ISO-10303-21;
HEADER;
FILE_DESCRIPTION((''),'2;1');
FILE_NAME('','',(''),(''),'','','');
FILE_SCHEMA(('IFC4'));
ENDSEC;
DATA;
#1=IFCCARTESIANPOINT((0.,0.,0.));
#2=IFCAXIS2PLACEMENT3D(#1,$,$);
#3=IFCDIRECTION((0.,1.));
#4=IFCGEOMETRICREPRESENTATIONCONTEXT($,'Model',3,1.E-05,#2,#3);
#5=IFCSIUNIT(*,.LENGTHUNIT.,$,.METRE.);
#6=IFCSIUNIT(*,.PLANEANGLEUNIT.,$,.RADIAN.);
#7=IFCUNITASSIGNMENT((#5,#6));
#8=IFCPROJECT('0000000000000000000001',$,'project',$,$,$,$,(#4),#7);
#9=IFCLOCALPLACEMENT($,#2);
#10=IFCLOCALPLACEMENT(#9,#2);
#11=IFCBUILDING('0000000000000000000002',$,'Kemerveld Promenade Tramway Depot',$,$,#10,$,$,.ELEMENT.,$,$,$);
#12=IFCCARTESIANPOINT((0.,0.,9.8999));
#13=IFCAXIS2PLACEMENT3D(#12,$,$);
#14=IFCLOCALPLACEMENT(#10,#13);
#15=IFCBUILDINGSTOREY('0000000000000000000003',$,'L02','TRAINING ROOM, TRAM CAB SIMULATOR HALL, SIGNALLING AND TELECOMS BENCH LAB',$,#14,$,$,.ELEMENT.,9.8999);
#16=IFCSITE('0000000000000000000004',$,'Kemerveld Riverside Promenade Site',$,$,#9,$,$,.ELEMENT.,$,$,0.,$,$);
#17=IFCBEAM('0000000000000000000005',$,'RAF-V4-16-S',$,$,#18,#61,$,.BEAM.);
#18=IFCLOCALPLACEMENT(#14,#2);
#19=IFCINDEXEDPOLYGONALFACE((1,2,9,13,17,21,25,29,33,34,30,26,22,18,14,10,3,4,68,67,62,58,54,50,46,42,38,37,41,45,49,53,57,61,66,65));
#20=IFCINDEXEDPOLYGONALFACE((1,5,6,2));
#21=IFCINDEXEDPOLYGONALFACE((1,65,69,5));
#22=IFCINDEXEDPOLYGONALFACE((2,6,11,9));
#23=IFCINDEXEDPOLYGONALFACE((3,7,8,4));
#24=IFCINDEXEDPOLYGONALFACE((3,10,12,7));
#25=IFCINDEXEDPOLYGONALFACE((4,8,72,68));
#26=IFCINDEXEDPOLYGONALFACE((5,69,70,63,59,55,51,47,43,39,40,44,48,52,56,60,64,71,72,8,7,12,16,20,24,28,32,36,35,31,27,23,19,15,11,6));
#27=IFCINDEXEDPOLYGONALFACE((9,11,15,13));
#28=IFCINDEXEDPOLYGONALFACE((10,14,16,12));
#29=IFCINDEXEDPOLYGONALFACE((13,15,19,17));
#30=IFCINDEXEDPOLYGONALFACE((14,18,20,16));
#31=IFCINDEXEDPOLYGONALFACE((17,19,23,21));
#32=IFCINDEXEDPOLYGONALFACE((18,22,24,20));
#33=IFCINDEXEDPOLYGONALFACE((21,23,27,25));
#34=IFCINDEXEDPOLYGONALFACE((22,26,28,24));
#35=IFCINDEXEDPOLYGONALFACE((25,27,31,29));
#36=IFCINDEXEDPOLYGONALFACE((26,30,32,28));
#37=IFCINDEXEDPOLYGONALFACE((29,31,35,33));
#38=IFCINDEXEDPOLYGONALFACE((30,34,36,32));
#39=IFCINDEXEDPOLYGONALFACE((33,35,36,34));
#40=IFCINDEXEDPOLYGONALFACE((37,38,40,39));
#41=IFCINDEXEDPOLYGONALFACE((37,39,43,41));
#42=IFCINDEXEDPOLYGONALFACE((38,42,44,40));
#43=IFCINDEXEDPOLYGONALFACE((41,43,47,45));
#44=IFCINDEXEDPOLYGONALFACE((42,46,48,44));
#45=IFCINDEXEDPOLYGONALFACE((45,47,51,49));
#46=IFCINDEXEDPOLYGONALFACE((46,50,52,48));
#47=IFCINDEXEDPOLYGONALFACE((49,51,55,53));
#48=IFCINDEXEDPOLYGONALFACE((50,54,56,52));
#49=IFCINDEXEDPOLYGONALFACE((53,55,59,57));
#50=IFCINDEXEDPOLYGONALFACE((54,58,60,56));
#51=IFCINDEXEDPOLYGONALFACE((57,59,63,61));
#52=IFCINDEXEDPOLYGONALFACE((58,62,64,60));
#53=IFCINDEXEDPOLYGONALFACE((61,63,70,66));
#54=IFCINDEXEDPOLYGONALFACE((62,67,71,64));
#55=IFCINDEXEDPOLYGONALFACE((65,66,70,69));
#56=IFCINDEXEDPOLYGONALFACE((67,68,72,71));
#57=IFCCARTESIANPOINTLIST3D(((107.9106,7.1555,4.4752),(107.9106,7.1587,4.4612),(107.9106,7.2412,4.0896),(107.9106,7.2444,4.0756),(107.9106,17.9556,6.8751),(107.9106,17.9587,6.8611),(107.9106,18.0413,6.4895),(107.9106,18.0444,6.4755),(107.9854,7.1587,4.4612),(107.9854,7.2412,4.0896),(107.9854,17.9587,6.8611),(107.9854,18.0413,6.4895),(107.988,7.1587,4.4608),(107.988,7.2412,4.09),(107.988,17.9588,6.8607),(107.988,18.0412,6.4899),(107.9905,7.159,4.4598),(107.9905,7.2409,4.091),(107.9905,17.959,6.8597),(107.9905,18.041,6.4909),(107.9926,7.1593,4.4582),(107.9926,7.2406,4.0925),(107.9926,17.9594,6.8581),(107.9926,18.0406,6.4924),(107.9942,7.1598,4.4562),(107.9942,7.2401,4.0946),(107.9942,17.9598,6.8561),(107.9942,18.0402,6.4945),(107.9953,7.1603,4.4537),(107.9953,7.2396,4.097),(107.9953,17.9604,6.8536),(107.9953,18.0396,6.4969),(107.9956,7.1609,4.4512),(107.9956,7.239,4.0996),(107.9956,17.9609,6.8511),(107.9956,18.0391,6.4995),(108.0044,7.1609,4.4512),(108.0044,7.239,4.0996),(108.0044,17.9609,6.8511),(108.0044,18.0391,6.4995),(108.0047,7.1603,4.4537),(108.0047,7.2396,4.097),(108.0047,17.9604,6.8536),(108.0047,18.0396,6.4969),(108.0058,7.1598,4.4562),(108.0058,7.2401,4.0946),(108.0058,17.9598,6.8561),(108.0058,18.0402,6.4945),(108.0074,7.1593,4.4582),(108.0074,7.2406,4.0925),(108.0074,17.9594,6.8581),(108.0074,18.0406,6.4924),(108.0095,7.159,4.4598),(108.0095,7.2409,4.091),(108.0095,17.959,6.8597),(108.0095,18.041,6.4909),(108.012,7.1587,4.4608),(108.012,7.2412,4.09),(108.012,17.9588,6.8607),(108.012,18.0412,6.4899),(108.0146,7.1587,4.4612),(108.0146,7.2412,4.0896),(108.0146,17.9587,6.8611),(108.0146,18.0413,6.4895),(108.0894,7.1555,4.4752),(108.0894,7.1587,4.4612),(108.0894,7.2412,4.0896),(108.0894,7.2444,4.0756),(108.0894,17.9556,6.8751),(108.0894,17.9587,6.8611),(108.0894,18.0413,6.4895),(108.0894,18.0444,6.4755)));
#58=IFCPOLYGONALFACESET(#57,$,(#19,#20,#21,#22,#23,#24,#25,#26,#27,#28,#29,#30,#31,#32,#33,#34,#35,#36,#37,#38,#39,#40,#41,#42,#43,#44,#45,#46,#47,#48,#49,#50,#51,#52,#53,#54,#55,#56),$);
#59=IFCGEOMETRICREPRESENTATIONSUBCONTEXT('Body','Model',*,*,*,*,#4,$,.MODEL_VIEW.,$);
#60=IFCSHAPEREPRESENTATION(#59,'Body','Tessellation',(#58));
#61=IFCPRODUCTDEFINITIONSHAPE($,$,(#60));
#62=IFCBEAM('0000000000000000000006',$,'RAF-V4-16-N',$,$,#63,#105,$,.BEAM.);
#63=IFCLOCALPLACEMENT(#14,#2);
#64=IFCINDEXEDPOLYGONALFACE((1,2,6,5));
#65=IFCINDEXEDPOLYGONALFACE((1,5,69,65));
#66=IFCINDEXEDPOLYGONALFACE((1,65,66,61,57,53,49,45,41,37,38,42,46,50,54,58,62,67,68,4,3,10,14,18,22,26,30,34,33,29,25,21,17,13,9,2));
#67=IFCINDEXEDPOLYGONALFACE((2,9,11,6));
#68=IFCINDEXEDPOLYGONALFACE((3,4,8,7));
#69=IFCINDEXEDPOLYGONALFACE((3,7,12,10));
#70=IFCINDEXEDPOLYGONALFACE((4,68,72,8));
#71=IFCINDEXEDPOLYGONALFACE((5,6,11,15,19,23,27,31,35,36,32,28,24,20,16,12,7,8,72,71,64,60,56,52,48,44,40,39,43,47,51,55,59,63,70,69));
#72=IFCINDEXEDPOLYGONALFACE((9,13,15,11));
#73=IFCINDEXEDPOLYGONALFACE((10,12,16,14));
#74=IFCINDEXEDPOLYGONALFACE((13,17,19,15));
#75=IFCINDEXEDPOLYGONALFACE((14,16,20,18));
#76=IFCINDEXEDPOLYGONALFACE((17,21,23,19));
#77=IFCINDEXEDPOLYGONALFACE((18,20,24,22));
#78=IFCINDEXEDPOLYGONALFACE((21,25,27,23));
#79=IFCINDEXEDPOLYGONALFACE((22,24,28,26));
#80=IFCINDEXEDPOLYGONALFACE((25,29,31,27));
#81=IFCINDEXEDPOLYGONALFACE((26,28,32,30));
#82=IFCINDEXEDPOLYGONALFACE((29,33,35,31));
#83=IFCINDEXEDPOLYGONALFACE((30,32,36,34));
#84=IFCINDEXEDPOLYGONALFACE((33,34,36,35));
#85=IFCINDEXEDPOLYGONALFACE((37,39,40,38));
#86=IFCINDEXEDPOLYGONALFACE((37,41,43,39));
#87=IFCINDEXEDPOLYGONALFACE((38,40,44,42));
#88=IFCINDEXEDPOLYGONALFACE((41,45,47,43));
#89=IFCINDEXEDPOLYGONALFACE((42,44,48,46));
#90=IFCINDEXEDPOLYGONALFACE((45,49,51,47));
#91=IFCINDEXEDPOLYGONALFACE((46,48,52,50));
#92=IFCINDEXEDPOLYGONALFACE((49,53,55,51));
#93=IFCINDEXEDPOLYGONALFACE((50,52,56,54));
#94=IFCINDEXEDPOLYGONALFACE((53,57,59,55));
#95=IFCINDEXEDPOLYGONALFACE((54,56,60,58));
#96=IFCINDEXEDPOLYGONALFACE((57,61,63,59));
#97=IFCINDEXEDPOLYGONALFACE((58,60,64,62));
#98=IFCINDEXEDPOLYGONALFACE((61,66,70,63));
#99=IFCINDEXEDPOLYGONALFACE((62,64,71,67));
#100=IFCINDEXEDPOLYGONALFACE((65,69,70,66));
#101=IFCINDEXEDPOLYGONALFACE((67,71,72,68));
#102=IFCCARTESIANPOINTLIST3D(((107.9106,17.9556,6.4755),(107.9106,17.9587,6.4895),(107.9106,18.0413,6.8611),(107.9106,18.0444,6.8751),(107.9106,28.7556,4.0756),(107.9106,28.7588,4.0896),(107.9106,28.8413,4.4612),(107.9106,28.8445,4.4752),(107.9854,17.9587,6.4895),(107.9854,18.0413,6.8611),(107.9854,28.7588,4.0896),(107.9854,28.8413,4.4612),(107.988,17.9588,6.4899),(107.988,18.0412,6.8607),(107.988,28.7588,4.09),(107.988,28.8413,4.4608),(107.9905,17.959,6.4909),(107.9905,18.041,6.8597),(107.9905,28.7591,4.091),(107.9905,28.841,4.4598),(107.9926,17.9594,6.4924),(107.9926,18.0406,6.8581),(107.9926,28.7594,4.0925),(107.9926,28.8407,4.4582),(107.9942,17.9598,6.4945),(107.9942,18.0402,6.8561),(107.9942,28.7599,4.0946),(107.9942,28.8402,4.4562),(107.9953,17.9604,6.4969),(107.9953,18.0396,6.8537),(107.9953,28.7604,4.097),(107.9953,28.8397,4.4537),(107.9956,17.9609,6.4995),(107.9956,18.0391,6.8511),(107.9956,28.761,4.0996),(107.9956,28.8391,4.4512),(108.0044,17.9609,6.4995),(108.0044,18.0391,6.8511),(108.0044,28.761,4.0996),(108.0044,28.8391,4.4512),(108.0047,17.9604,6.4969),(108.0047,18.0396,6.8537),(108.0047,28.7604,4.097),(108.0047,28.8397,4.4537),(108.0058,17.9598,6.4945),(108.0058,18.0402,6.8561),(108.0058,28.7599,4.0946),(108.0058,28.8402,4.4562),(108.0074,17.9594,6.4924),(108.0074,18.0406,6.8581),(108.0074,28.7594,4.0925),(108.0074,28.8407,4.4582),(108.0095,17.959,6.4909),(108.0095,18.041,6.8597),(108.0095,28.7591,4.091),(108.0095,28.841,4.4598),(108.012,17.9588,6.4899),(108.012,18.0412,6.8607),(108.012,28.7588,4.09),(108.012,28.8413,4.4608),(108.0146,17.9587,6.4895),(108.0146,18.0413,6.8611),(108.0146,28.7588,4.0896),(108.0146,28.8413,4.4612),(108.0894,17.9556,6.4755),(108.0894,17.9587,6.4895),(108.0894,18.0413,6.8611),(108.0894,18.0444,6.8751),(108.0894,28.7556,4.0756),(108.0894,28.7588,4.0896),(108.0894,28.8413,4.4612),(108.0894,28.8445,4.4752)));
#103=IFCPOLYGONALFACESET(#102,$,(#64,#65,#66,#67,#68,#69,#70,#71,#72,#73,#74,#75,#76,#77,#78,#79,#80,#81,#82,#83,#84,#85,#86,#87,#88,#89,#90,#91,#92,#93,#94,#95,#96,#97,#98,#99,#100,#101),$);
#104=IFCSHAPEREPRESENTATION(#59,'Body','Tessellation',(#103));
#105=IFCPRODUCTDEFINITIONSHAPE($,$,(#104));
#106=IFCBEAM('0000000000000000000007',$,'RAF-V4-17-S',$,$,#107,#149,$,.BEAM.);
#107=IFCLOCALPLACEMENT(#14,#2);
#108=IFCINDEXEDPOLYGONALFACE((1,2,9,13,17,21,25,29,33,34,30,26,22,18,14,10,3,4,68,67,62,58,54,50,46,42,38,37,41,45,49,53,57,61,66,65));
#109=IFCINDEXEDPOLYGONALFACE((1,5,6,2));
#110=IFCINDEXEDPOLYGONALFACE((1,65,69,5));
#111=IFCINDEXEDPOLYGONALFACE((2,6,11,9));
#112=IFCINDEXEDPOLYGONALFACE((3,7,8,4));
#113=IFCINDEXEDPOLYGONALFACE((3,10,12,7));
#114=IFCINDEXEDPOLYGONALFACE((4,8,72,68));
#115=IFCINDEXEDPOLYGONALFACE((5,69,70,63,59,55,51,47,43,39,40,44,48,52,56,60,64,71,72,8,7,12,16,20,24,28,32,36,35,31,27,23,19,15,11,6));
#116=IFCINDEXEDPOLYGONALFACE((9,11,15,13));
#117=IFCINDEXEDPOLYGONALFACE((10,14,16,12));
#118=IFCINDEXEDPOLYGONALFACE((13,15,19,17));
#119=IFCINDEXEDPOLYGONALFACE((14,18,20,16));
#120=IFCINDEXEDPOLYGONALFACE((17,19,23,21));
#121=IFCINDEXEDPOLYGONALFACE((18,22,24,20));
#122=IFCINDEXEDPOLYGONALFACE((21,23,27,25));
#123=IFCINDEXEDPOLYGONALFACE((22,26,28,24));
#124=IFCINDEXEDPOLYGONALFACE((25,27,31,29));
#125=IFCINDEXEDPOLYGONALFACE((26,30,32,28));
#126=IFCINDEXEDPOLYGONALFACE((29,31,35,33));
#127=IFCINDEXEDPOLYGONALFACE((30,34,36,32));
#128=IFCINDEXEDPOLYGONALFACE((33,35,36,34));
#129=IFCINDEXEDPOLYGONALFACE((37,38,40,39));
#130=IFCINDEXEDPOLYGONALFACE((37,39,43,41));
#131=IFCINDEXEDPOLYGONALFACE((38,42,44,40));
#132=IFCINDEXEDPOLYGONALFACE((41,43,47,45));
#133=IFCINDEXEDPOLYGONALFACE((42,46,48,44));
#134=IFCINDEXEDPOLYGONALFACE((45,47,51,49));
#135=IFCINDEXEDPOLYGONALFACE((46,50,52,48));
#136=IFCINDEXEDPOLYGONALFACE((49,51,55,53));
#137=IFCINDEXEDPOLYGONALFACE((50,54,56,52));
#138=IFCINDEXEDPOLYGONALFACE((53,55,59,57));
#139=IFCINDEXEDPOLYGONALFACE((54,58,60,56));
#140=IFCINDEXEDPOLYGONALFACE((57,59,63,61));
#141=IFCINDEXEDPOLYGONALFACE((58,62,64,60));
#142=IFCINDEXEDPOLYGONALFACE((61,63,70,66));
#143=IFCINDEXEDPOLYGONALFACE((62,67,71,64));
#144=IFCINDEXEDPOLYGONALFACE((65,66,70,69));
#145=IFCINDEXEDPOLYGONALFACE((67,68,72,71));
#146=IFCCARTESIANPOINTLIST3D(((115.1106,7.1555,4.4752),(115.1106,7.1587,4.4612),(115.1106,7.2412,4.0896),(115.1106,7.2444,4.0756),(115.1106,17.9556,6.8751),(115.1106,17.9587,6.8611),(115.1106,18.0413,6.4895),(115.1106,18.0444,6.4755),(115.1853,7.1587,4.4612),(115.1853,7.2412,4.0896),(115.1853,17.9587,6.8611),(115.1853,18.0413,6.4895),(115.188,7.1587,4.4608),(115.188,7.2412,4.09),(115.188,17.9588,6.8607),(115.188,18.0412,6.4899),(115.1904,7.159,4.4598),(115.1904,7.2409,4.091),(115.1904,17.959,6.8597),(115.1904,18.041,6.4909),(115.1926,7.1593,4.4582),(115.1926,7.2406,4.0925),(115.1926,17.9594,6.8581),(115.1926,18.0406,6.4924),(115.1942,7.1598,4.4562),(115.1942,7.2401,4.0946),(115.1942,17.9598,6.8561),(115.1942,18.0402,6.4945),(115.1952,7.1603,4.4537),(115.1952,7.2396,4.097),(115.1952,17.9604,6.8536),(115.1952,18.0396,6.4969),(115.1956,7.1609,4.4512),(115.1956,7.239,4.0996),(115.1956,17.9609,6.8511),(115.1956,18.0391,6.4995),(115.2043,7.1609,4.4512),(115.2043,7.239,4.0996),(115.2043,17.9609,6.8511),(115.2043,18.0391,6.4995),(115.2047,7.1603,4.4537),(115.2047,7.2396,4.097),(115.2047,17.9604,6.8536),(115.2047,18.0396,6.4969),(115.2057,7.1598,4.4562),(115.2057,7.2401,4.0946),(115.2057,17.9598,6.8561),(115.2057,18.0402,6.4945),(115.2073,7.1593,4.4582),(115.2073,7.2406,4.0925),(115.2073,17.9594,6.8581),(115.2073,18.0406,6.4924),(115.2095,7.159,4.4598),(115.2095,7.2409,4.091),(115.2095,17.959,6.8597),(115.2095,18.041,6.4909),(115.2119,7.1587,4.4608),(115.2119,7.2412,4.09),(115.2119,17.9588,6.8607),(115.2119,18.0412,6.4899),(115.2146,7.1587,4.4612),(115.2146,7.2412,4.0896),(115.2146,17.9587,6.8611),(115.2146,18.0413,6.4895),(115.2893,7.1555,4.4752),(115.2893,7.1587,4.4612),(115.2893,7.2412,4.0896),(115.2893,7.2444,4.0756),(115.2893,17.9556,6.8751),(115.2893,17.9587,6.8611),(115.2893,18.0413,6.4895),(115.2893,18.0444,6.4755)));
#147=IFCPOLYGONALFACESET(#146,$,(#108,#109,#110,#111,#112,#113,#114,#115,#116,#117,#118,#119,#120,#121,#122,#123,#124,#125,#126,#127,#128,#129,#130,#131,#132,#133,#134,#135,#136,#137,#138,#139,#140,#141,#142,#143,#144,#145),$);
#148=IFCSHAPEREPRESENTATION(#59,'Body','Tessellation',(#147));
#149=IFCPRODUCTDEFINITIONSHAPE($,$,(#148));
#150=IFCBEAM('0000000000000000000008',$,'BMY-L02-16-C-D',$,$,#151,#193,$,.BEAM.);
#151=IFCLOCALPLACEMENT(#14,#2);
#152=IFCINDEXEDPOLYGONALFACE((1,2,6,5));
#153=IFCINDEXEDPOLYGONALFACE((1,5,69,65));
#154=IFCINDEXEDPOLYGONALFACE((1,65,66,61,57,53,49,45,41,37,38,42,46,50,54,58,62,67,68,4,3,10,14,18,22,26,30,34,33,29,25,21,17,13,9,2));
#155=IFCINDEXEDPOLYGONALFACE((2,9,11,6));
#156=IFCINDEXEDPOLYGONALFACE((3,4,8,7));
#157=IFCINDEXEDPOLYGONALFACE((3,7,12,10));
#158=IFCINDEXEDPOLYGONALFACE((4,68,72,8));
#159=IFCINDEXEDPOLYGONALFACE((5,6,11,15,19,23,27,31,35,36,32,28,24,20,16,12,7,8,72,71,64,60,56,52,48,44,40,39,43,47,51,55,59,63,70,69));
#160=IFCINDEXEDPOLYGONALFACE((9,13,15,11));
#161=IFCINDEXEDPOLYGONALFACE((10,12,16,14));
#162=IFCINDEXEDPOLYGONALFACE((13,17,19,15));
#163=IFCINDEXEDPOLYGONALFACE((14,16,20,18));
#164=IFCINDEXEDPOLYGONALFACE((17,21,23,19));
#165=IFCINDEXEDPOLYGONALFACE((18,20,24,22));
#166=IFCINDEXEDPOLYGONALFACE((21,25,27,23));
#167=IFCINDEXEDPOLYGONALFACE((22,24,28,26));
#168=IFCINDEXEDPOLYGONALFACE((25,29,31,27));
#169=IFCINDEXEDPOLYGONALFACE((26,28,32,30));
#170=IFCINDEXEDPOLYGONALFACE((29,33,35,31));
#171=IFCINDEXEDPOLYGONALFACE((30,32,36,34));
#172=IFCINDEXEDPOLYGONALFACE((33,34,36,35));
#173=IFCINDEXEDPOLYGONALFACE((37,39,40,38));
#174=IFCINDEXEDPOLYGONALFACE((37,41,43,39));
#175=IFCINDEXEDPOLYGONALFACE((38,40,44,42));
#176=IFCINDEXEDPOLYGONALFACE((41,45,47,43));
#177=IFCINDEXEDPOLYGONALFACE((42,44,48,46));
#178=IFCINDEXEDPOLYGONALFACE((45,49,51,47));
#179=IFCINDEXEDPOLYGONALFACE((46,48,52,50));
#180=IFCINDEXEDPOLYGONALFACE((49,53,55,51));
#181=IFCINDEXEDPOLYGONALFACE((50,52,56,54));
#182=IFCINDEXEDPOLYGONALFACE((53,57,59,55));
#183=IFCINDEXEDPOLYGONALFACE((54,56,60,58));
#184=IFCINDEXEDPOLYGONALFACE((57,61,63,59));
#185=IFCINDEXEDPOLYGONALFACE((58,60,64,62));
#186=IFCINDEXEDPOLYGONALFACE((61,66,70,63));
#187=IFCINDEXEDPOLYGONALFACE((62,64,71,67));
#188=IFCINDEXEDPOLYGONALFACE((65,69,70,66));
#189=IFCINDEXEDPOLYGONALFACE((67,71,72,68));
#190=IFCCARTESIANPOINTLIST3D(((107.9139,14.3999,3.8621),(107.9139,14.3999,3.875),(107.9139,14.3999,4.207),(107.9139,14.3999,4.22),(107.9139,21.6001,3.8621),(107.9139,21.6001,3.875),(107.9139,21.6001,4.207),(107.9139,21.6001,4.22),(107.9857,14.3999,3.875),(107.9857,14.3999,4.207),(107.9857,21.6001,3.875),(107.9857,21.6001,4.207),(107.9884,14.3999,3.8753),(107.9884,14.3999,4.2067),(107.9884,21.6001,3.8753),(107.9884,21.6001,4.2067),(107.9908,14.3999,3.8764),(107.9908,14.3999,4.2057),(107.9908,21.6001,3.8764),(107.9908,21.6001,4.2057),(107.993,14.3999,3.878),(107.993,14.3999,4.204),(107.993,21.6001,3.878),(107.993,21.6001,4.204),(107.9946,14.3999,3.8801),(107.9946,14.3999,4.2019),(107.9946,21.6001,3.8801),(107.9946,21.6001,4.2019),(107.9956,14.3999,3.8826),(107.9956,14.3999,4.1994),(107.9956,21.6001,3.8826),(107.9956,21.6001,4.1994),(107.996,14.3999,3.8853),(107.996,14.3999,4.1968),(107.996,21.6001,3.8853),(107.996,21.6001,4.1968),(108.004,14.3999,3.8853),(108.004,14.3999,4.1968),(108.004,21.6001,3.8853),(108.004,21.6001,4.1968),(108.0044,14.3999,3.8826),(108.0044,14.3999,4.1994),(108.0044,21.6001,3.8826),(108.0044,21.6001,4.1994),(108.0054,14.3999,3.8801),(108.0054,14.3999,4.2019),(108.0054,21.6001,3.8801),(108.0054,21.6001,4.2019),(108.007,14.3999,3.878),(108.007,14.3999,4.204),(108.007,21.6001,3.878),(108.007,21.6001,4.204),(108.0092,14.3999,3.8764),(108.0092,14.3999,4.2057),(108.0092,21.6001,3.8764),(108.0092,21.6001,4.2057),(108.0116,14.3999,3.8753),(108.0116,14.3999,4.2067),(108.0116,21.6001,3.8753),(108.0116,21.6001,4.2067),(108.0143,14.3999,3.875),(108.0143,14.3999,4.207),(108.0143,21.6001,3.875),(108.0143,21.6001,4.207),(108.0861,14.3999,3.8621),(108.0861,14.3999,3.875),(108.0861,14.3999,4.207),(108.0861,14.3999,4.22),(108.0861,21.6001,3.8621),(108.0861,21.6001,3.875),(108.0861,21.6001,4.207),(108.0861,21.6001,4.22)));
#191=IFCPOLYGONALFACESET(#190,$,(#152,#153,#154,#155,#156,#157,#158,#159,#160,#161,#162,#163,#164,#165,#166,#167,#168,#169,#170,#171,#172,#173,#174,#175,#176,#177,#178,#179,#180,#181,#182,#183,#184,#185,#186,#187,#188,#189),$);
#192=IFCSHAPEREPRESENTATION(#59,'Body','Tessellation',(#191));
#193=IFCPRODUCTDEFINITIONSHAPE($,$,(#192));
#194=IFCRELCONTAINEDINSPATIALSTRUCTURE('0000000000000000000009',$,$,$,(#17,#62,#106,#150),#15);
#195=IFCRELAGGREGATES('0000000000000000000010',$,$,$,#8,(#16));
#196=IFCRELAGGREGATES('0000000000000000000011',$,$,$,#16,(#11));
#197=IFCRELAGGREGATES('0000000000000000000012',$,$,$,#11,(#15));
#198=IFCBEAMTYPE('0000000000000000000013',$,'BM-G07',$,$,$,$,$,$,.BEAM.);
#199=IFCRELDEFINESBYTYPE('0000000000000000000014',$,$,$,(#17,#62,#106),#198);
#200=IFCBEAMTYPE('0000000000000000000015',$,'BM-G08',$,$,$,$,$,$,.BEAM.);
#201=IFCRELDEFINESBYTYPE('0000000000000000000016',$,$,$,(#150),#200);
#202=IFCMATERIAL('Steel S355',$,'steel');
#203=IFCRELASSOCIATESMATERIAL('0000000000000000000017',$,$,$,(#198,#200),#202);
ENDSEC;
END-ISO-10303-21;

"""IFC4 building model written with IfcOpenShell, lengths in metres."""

from ifc_helpers import new_model, si_unit, direction, frame, origin, origin_2d, place, context, subcontext, project, spatial, i_section, extrude, material, material_profile, profile_set, type_object, element, save


model = new_model("IFC4")

# Units and contexts
model_context = context("Model", 3, precision=1e-05, world=origin(), true_north=direction((0.0, 1.0)))
body_context = subcontext(model_context, "Body", "Model", "MODEL_VIEW")
ifc_project = project(units=[si_unit("LENGTHUNIT", "METRE"), si_unit("PLANEANGLEUNIT", "RADIAN")], contexts=[model_context])

# Site, building, storey
site_placement = place(None, origin())
site = spatial("IfcSite", under=ifc_project, at=site_placement, Name="Kemerveld Riverside Promenade Site", CompositionType="ELEMENT", RefElevation=0.0)
building_placement = place(site_placement, origin())
building = spatial("IfcBuilding", under=site, at=building_placement, Name="Kemerveld Promenade Tramway Depot", CompositionType="ELEMENT")
storey_placement = place(building_placement, frame((0.0, 0.0, 9.8999)))
storey = spatial("IfcBuildingStorey", under=building, at=storey_placement, Name="L02", Description="TRAINING ROOM, TRAM CAB SIMULATOR HALL, SIGNALLING AND TELECOMS BENCH LAB", CompositionType="ELEMENT", Elevation=9.8999)

# Shared definitions
ifc_material_1 = material(Name="Steel S355", Category="steel")

# Beams
ifc_material_profile_1 = material_profile(ifc_material_1, i_section(OverallWidth=0.1787, OverallDepth=0.4094, WebThickness=0.0088, FlangeThickness=0.0144, FilletRadius=0.0103, at=origin_2d()), Name="406x178x67 UB")
ifc_profile_set_1 = profile_set([ifc_material_profile_1], Name="Steel S355")
beam_type_1 = type_object("IfcBeamType", Name="BM-G07", PredefinedType="BEAM", material=ifc_profile_set_1)
for number, where, z_axis, x_axis, name in (
    (1, (108.0, 7.2, 4.2754), (0.0, 0.976189, 0.216921), (-1.0, 0.0, 0.0), "RAF-V4-16-S"),
    (2, (108.0, 18.0, 6.6753), (0.0, 0.976189, -0.216921), (-1.0, 0.0, 0.0), "RAF-V4-16-N"),
    (3, (115.2, 7.2, 4.2754), (0.0, 0.976189, 0.216921), (-1.0, 0.0, 0.0), "RAF-V4-17-S"),
):
    element("IfcBeam", number, at=place(storey_placement, frame(where, z_axis=z_axis, x_axis=x_axis)), inside=storey, type_object=beam_type_1, Name=name, PredefinedType="BEAM", context=body_context, shape_type="SweptSolid", body=[
        extrude(i_section(OverallWidth=0.1787, OverallDepth=0.4094, WebThickness=0.0088, FlangeThickness=0.0144, FilletRadius=0.0103, at=origin_2d()), origin(), (0.0, 0.0, 1.0), 11.0635),
    ])
ifc_material_profile_2 = material_profile(ifc_material_1, i_section(OverallWidth=0.1721, OverallDepth=0.3579, WebThickness=0.0081, FlangeThickness=0.0129, FilletRadius=0.0103, at=origin_2d()), Name="356x171x57 UB")
ifc_profile_set_2 = profile_set([ifc_material_profile_2], Name="Steel S355")
beam_type_2 = type_object("IfcBeamType", Name="BM-G08", PredefinedType="BEAM", material=ifc_profile_set_2)
for number, where, z_axis, x_axis, name in (
    (4, (108.0, 14.3999, 4.041), (0.0, 1.0, 0.0), (-1.0, 0.0, 0.0), "BMY-L02-16-C-D"),
):
    element("IfcBeam", number, at=place(storey_placement, frame(where, z_axis=z_axis, x_axis=x_axis)), inside=storey, type_object=beam_type_2, Name=name, PredefinedType="BEAM", context=body_context, shape_type="SweptSolid", body=[
        extrude(i_section(OverallWidth=0.1721, OverallDepth=0.3579, WebThickness=0.0081, FlangeThickness=0.0129, FilletRadius=0.0103, at=origin_2d()), origin(), (0.0, 0.0, 1.0), 7.2002),
    ])

save(model, "model.ifc")
